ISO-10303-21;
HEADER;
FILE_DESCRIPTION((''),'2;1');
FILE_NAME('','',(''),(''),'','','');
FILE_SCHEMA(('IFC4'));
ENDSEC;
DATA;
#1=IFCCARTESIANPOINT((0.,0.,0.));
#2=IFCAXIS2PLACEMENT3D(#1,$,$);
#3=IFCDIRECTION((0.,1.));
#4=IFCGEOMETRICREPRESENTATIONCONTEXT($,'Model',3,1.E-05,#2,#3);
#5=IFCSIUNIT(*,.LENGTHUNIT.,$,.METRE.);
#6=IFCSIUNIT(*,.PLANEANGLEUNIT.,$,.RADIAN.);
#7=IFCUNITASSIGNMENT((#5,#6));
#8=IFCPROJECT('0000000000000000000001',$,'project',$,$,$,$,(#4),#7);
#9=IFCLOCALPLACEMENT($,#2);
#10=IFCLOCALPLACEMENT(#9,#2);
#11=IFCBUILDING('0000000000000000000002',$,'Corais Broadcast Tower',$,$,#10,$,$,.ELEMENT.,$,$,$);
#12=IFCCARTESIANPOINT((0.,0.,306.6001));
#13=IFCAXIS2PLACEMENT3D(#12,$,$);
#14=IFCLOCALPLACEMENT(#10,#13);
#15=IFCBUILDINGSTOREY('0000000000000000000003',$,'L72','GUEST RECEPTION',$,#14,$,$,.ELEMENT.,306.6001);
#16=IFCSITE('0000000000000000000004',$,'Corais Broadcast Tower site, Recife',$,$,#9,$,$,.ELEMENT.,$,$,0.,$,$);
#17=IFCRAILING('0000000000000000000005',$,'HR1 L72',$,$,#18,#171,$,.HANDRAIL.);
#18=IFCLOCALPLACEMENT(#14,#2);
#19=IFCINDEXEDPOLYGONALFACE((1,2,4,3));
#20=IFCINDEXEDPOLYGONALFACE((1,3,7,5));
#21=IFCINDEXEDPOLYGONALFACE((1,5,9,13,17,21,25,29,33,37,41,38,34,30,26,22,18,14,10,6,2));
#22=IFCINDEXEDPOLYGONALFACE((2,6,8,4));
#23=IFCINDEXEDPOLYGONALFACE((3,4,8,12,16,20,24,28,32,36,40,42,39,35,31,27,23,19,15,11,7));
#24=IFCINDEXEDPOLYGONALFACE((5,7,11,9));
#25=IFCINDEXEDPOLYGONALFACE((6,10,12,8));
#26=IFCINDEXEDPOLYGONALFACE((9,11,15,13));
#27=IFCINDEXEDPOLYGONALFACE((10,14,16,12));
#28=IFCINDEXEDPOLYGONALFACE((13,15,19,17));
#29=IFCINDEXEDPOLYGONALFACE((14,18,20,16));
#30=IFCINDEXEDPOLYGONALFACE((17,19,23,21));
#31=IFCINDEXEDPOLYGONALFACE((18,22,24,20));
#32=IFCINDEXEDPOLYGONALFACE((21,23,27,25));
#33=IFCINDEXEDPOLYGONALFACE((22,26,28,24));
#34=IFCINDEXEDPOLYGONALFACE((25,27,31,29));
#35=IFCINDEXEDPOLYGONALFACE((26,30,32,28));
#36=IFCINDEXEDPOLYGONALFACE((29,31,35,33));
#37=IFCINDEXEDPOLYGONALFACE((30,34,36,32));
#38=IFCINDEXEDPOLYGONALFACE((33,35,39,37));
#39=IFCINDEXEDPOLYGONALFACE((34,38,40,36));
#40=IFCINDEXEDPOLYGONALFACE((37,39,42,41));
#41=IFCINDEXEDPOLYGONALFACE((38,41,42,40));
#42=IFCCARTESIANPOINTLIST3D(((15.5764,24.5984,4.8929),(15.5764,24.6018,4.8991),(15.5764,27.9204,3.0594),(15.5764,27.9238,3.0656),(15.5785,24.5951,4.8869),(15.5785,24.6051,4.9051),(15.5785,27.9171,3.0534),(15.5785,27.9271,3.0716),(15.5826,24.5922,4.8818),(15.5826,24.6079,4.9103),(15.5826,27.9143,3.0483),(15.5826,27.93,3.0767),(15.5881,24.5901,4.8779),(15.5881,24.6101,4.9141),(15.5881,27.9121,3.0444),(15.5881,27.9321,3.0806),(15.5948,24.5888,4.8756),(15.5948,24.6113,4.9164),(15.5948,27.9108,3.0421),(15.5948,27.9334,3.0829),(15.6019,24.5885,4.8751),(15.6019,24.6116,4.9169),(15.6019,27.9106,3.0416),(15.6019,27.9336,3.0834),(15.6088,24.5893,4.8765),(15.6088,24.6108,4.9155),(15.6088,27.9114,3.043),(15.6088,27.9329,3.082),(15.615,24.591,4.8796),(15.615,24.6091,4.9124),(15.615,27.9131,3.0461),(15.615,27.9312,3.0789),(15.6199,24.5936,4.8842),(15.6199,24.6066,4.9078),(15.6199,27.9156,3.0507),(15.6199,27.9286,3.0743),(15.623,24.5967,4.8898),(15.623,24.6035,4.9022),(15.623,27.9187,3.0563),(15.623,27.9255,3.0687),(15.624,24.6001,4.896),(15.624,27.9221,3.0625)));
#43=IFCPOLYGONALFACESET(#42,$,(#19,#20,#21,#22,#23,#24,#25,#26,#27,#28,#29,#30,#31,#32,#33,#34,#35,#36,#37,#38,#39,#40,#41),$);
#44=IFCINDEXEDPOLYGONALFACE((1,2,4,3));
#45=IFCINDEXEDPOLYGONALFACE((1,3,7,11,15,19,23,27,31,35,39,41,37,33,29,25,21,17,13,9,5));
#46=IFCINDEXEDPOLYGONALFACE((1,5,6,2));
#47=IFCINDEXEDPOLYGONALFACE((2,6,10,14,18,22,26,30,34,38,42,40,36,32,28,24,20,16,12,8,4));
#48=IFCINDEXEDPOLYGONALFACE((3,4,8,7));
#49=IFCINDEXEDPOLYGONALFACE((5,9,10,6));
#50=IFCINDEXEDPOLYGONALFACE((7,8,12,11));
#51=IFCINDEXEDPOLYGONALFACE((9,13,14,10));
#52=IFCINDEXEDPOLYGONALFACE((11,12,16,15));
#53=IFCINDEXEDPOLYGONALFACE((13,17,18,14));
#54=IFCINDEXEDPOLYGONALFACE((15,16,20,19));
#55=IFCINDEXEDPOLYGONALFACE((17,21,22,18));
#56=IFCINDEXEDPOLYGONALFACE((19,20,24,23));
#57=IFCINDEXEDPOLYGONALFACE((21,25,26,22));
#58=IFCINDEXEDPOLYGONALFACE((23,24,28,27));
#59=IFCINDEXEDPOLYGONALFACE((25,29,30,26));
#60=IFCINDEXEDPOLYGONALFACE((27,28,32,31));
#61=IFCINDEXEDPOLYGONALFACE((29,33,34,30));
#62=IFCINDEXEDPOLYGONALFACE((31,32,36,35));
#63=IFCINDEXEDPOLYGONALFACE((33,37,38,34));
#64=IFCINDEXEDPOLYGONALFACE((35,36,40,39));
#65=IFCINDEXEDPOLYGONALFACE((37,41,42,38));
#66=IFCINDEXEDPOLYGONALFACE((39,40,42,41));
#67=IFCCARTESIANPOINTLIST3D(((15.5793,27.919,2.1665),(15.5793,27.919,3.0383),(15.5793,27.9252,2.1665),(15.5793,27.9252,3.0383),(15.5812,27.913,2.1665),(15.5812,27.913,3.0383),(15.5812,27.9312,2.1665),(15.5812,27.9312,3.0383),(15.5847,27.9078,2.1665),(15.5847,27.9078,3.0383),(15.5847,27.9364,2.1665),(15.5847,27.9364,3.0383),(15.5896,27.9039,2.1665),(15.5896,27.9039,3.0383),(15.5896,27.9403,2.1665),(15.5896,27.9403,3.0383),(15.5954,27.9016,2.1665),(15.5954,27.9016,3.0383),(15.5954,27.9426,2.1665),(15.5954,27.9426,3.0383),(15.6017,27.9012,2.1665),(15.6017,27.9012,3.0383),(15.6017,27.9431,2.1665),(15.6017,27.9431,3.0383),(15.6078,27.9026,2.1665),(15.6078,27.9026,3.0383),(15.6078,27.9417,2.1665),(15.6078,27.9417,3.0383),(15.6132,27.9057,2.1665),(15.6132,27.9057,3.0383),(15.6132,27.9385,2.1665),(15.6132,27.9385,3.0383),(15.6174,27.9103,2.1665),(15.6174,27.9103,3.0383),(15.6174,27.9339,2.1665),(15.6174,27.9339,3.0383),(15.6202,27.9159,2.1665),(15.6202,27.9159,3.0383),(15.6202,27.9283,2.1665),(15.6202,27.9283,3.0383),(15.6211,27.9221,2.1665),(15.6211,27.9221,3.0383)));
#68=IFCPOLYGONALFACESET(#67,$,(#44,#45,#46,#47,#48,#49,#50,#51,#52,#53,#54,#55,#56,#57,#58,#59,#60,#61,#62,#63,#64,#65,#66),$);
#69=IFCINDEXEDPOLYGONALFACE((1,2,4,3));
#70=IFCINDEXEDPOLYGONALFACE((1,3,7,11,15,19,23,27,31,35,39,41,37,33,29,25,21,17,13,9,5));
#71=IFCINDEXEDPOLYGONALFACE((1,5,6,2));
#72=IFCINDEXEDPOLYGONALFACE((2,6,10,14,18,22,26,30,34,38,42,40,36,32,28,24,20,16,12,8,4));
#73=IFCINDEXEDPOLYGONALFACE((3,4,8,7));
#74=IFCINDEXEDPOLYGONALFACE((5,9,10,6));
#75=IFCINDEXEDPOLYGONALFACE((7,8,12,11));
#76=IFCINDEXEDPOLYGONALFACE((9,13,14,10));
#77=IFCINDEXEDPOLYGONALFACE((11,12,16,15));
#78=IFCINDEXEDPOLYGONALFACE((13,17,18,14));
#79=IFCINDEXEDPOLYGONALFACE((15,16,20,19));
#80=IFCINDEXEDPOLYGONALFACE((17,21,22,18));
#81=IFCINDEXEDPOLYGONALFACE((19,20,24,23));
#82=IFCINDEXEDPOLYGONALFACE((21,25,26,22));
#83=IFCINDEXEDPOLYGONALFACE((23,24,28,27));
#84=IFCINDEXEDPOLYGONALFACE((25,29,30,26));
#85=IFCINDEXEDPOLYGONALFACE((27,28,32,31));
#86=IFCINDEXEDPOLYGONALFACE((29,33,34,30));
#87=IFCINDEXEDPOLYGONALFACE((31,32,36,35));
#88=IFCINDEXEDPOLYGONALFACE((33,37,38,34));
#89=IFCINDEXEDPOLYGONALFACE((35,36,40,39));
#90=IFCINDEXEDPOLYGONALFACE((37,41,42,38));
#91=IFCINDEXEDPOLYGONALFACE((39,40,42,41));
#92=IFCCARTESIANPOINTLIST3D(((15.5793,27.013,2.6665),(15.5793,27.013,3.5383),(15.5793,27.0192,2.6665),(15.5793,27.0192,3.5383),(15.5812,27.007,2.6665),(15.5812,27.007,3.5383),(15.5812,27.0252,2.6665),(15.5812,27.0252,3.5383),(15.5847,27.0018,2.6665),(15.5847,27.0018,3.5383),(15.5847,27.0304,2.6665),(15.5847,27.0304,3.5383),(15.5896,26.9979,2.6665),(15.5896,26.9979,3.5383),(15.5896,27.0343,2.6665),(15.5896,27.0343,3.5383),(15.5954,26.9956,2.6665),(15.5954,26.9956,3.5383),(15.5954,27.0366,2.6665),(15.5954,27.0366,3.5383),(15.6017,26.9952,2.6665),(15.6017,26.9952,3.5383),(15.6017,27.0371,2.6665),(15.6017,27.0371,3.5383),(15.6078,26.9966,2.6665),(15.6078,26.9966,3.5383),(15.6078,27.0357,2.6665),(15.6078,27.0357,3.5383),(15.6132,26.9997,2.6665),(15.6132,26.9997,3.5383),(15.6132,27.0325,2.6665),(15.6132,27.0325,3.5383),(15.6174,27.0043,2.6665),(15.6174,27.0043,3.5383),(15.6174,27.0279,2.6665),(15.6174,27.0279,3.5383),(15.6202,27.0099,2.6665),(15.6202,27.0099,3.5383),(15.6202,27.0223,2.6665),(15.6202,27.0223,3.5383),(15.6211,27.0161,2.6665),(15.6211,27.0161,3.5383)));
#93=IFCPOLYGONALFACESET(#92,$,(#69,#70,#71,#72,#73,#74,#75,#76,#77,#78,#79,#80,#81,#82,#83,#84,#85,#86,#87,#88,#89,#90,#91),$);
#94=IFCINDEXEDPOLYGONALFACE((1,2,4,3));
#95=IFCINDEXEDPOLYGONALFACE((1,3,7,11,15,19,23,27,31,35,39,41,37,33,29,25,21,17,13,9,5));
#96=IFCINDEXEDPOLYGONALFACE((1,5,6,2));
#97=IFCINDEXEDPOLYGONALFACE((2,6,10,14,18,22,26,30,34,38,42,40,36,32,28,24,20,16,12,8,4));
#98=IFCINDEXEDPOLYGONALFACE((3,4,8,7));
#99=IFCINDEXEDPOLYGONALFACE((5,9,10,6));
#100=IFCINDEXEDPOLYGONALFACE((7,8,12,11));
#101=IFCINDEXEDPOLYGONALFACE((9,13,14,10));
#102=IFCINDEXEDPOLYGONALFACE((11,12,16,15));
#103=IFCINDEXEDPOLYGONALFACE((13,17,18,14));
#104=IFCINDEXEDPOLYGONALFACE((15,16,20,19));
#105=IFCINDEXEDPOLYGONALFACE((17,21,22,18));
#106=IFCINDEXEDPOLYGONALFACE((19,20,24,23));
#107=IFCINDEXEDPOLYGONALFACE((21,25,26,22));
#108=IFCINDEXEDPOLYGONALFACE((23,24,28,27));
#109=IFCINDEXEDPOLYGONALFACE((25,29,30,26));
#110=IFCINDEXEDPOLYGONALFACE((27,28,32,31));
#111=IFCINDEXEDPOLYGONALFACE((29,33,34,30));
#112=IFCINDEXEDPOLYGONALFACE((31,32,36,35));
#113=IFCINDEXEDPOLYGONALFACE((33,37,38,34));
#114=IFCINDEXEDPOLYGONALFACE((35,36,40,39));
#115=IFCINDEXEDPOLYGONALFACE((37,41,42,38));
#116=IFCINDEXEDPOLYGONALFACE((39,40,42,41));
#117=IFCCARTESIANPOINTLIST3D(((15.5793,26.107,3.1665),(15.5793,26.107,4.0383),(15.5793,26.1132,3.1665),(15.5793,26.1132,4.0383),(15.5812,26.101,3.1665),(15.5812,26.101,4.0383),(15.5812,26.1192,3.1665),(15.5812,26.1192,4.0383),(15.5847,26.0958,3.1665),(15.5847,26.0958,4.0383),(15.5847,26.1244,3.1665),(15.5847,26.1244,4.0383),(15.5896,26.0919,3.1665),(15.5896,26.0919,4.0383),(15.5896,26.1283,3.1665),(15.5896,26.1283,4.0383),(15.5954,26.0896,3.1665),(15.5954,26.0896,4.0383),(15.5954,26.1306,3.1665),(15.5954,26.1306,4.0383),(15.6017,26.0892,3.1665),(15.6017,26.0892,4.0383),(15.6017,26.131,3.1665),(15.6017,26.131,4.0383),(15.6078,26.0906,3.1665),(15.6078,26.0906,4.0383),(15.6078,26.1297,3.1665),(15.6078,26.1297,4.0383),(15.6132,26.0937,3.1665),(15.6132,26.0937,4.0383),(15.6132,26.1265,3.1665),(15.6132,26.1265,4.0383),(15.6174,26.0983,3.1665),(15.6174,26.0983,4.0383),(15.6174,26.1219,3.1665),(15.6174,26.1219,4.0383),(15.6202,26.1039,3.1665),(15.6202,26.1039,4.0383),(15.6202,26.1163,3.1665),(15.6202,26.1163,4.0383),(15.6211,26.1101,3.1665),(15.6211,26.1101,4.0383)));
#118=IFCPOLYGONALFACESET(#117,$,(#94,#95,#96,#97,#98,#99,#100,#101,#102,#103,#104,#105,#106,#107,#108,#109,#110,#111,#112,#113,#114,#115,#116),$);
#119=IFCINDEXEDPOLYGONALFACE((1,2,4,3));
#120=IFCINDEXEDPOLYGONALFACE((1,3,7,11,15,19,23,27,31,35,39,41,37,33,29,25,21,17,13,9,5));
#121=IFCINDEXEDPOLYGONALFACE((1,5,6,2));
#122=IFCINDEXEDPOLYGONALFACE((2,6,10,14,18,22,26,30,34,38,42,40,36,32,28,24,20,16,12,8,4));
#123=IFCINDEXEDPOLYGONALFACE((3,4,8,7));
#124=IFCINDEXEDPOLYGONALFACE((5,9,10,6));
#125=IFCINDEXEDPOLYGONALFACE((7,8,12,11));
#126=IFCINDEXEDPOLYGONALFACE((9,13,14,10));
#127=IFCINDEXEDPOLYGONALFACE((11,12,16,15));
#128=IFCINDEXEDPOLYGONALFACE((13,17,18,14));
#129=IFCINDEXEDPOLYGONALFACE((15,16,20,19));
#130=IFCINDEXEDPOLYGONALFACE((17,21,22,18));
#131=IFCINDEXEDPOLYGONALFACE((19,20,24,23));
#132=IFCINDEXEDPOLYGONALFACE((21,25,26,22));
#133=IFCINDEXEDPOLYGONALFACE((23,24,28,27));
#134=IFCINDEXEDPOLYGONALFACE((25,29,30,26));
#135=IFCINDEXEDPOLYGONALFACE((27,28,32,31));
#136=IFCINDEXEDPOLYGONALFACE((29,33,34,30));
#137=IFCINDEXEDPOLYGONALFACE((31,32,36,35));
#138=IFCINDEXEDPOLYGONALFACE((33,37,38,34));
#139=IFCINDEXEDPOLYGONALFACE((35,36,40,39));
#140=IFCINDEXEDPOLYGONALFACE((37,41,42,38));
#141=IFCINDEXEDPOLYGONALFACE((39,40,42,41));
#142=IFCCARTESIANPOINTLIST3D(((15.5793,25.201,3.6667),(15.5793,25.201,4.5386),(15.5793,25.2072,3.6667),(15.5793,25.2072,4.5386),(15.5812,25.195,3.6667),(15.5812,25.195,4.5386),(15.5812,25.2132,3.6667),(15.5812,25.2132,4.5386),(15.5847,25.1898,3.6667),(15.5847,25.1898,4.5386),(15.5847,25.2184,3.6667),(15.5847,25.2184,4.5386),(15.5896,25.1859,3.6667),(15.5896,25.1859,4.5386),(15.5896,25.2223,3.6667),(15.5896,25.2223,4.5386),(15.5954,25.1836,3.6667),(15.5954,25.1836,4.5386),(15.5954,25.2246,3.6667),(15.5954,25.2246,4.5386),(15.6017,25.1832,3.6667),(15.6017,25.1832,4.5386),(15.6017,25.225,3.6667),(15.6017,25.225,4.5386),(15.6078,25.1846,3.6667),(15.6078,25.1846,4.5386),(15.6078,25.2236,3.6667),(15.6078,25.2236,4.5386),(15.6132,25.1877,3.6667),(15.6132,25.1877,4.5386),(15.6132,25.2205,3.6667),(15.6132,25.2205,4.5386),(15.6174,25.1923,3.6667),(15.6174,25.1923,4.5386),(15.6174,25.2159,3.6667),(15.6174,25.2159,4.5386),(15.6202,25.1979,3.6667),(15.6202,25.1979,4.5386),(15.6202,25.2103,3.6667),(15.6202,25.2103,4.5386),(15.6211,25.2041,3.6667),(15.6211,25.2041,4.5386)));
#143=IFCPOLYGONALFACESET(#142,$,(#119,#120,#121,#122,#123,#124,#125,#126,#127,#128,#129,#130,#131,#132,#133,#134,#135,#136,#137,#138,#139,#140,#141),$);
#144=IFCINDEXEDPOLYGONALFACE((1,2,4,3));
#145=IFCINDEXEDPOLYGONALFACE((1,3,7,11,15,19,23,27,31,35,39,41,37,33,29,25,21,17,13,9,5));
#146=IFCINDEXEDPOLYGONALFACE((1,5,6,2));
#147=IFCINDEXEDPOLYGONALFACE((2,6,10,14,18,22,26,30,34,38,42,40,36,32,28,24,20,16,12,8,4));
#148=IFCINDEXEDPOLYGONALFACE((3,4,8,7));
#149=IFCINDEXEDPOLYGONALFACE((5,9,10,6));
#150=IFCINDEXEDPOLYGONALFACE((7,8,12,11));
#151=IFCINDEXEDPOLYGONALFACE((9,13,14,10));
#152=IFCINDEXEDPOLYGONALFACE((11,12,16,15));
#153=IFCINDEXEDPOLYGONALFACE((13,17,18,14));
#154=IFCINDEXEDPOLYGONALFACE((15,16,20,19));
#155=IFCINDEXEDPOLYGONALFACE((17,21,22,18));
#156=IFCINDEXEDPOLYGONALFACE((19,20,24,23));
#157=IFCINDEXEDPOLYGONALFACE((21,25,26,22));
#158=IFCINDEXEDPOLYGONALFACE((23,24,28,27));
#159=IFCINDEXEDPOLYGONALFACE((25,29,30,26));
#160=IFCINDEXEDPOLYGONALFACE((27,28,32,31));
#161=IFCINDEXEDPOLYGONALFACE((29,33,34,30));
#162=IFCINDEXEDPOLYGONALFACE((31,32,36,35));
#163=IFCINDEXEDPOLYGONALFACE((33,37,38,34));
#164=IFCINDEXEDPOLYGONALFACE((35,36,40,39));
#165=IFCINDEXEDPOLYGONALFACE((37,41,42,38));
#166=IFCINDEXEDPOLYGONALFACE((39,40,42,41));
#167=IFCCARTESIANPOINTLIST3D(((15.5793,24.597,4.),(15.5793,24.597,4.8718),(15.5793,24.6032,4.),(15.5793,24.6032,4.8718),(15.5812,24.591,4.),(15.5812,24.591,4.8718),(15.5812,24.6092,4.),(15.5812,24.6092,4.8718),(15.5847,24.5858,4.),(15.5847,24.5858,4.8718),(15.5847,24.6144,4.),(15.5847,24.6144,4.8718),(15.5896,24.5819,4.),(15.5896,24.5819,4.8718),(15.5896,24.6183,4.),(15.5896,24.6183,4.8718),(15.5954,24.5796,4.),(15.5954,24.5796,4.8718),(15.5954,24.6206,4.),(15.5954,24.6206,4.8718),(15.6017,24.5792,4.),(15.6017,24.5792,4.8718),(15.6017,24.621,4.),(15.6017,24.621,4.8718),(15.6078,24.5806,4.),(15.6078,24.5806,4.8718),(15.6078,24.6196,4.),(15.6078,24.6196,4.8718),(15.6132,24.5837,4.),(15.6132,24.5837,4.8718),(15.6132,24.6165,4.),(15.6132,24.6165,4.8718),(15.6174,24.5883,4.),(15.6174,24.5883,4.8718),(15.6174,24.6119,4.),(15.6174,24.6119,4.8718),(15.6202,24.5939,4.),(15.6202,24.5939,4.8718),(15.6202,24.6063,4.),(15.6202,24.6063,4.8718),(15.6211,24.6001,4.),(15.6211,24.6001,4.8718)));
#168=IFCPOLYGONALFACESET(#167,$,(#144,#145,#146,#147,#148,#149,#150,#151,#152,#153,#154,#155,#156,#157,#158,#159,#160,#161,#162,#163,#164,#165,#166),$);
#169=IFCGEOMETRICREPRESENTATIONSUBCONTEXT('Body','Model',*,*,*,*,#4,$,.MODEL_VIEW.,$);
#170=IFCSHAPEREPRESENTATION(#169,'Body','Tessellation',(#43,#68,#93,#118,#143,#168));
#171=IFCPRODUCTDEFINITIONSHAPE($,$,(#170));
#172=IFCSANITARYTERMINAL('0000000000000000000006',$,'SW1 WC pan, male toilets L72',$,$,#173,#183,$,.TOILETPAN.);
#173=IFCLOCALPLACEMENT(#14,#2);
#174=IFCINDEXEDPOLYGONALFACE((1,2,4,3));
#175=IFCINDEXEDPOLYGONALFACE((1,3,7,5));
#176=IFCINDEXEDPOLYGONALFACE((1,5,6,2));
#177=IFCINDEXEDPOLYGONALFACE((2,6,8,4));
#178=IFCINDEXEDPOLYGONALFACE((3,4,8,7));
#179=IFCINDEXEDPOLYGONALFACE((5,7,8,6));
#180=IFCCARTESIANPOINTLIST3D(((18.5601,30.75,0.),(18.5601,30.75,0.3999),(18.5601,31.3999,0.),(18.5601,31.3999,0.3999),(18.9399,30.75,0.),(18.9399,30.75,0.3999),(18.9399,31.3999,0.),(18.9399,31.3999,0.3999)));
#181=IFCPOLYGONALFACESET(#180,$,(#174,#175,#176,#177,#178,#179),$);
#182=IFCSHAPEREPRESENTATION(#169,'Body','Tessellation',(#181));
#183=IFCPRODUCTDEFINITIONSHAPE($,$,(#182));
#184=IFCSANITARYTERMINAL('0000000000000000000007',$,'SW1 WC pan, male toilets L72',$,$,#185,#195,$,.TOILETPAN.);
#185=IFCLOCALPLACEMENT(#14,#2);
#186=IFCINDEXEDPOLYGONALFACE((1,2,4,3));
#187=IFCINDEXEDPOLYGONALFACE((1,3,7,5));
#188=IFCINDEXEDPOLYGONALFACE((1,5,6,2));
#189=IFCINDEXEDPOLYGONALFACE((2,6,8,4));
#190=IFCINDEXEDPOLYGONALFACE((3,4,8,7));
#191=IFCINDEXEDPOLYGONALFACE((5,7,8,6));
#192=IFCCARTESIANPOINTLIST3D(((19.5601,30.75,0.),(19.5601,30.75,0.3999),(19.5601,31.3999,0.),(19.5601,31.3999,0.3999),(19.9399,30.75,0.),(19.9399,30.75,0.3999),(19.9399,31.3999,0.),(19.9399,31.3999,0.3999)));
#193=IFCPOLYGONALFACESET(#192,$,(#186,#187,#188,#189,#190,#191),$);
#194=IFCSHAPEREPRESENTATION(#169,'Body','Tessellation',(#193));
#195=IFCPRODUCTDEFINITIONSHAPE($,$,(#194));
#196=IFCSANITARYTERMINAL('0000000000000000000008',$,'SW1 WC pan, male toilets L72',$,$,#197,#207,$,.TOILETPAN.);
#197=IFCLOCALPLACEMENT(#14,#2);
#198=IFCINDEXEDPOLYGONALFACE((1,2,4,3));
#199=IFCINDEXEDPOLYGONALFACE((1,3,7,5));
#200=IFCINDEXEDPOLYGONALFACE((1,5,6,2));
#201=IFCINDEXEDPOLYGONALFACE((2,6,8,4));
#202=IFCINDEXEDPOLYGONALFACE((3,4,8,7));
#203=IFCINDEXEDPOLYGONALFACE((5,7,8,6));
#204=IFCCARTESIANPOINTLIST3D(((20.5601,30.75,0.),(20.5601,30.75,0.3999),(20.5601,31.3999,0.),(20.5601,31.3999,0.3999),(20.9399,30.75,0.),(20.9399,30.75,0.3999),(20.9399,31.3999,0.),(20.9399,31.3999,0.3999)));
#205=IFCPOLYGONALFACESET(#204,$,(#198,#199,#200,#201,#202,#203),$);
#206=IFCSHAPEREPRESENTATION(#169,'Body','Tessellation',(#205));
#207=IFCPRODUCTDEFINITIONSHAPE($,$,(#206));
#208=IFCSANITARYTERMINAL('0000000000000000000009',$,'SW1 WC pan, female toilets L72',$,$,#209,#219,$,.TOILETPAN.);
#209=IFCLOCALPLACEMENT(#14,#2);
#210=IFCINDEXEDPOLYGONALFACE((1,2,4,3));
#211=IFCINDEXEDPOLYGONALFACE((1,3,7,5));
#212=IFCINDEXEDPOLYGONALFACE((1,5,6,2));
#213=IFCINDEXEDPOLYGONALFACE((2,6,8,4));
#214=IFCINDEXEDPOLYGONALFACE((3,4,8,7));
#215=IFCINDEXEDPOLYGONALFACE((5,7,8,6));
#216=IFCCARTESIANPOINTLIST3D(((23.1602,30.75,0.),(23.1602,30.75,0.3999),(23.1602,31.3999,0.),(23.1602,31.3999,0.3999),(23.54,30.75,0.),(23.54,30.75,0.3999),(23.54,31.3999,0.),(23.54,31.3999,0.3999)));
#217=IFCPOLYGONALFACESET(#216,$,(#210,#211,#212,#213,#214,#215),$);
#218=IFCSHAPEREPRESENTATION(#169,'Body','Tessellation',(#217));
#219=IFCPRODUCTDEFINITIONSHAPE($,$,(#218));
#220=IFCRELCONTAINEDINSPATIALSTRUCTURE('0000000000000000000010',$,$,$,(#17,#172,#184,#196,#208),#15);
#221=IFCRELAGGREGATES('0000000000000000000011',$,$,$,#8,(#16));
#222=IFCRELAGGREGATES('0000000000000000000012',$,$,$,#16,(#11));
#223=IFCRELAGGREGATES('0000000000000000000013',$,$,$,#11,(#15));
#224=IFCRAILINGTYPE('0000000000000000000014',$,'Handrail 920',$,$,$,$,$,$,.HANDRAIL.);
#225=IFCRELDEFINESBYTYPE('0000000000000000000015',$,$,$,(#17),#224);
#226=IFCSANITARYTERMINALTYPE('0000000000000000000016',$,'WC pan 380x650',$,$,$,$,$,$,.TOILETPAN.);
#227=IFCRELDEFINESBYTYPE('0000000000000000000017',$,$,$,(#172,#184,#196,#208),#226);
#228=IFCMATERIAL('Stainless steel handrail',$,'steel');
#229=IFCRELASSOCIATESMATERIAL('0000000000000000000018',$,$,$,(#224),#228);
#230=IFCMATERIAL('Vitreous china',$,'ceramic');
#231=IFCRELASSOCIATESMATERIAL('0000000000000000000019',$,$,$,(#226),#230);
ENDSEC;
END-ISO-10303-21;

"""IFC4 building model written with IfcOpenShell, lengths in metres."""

from ifc_helpers import new_model, si_unit, direction, frame, origin, origin_2d, place, context, subcontext, project, spatial, rectangle, circle, extrude, material, type_object, element, save


model = new_model("IFC4")

# Units and contexts
model_context = context("Model", 3, precision=1e-05, world=origin(), true_north=direction((0.0, 1.0)))
body_context = subcontext(model_context, "Body", "Model", "MODEL_VIEW")
ifc_project = project(units=[si_unit("LENGTHUNIT", "METRE"), si_unit("PLANEANGLEUNIT", "RADIAN")], contexts=[model_context])

# Site, building, storey
site_placement = place(None, origin())
site = spatial("IfcSite", under=ifc_project, at=site_placement, Name="Corais Broadcast Tower site, Recife", CompositionType="ELEMENT", RefElevation=0.0)
building_placement = place(site_placement, origin())
building = spatial("IfcBuilding", under=site, at=building_placement, Name="Corais Broadcast Tower", CompositionType="ELEMENT")
storey_placement = place(building_placement, frame((0.0, 0.0, 306.6001)))
storey = spatial("IfcBuildingStorey", under=building, at=storey_placement, Name="L72", Description="GUEST RECEPTION", CompositionType="ELEMENT", Elevation=306.6001)

# Railing
ifc_material_1 = material(Name="Stainless steel handrail", Category="steel")
railing_type = type_object("IfcRailingType", Name="Handrail 920", PredefinedType="HANDRAIL", material=ifc_material_1)
for number, where, name in (
    (1, (15.6001, 27.9221, 2.1665), "HR1 L72"),
):
    element("IfcRailing", number, at=place(storey_placement, frame(where)), inside=storey, type_object=railing_type, Name=name, PredefinedType="HANDRAIL", context=body_context, shape_type="SweptSolid", body=[
        extrude(circle(Radius=0.0239, at=origin_2d()), frame((0.0, 0.0, 0.896), z_axis=(0.0, -0.875504, 0.48321), x_axis=(1.0, 0.0, 0.0)), (0.0, 0.0, 1.0), 3.7944),
        extrude(circle(Radius=0.021, at=origin_2d()), origin(), (0.0, 0.0, 1.0), 0.8718),
        extrude(circle(Radius=0.021, at=origin_2d()), frame((0.0, -0.906, 0.5)), (0.0, 0.0, 1.0), 0.8718),
        extrude(circle(Radius=0.021, at=origin_2d()), frame((0.0, -1.812, 1.0)), (0.0, 0.0, 1.0), 0.8718),
        extrude(circle(Radius=0.021, at=origin_2d()), frame((0.0, -2.718, 1.5002)), (0.0, 0.0, 1.0), 0.8718),
        extrude(circle(Radius=0.021, at=origin_2d()), frame((0.0, -3.322, 1.8335)), (0.0, 0.0, 1.0), 0.8718),
    ])

# Sanitary terminals
ifc_material_2 = material(Name="Vitreous china", Category="ceramic")
sanitary_terminal_type_1 = type_object("IfcSanitaryTerminalType", Name="WC pan 380x650", PredefinedType="TOILETPAN", material=ifc_material_2)
for number, where, z_axis, x_axis, name in (
    (2, (18.75, 31.075, 0.0), (0.0, 0.0, 1.0), (1.0, 0.0, 0.0), "SW1 WC pan, male toilets L72"),
    (3, (19.75, 31.075, 0.0), (0.0, 0.0, 1.0), (1.0, 0.0, 0.0), "SW1 WC pan, male toilets L72"),
    (4, (20.75, 31.075, 0.0), (0.0, 0.0, 1.0), (1.0, 0.0, 0.0), "SW1 WC pan, male toilets L72"),
    (5, (23.3501, 31.075, 0.0), (0.0, 0.0, 1.0), (1.0, 0.0, 0.0), "SW1 WC pan, female toilets L72"),
):
    element("IfcSanitaryTerminal", number, at=place(storey_placement, frame(where, z_axis=z_axis, x_axis=x_axis)), inside=storey, type_object=sanitary_terminal_type_1, Name=name, PredefinedType="TOILETPAN", context=body_context, shape_type="SweptSolid", body=[
        extrude(rectangle(XDim=0.3799, YDim=0.6499, at=origin_2d()), origin(), (0.0, 0.0, 1.0), 0.3999),
    ])

save(model, "model.ifc")
